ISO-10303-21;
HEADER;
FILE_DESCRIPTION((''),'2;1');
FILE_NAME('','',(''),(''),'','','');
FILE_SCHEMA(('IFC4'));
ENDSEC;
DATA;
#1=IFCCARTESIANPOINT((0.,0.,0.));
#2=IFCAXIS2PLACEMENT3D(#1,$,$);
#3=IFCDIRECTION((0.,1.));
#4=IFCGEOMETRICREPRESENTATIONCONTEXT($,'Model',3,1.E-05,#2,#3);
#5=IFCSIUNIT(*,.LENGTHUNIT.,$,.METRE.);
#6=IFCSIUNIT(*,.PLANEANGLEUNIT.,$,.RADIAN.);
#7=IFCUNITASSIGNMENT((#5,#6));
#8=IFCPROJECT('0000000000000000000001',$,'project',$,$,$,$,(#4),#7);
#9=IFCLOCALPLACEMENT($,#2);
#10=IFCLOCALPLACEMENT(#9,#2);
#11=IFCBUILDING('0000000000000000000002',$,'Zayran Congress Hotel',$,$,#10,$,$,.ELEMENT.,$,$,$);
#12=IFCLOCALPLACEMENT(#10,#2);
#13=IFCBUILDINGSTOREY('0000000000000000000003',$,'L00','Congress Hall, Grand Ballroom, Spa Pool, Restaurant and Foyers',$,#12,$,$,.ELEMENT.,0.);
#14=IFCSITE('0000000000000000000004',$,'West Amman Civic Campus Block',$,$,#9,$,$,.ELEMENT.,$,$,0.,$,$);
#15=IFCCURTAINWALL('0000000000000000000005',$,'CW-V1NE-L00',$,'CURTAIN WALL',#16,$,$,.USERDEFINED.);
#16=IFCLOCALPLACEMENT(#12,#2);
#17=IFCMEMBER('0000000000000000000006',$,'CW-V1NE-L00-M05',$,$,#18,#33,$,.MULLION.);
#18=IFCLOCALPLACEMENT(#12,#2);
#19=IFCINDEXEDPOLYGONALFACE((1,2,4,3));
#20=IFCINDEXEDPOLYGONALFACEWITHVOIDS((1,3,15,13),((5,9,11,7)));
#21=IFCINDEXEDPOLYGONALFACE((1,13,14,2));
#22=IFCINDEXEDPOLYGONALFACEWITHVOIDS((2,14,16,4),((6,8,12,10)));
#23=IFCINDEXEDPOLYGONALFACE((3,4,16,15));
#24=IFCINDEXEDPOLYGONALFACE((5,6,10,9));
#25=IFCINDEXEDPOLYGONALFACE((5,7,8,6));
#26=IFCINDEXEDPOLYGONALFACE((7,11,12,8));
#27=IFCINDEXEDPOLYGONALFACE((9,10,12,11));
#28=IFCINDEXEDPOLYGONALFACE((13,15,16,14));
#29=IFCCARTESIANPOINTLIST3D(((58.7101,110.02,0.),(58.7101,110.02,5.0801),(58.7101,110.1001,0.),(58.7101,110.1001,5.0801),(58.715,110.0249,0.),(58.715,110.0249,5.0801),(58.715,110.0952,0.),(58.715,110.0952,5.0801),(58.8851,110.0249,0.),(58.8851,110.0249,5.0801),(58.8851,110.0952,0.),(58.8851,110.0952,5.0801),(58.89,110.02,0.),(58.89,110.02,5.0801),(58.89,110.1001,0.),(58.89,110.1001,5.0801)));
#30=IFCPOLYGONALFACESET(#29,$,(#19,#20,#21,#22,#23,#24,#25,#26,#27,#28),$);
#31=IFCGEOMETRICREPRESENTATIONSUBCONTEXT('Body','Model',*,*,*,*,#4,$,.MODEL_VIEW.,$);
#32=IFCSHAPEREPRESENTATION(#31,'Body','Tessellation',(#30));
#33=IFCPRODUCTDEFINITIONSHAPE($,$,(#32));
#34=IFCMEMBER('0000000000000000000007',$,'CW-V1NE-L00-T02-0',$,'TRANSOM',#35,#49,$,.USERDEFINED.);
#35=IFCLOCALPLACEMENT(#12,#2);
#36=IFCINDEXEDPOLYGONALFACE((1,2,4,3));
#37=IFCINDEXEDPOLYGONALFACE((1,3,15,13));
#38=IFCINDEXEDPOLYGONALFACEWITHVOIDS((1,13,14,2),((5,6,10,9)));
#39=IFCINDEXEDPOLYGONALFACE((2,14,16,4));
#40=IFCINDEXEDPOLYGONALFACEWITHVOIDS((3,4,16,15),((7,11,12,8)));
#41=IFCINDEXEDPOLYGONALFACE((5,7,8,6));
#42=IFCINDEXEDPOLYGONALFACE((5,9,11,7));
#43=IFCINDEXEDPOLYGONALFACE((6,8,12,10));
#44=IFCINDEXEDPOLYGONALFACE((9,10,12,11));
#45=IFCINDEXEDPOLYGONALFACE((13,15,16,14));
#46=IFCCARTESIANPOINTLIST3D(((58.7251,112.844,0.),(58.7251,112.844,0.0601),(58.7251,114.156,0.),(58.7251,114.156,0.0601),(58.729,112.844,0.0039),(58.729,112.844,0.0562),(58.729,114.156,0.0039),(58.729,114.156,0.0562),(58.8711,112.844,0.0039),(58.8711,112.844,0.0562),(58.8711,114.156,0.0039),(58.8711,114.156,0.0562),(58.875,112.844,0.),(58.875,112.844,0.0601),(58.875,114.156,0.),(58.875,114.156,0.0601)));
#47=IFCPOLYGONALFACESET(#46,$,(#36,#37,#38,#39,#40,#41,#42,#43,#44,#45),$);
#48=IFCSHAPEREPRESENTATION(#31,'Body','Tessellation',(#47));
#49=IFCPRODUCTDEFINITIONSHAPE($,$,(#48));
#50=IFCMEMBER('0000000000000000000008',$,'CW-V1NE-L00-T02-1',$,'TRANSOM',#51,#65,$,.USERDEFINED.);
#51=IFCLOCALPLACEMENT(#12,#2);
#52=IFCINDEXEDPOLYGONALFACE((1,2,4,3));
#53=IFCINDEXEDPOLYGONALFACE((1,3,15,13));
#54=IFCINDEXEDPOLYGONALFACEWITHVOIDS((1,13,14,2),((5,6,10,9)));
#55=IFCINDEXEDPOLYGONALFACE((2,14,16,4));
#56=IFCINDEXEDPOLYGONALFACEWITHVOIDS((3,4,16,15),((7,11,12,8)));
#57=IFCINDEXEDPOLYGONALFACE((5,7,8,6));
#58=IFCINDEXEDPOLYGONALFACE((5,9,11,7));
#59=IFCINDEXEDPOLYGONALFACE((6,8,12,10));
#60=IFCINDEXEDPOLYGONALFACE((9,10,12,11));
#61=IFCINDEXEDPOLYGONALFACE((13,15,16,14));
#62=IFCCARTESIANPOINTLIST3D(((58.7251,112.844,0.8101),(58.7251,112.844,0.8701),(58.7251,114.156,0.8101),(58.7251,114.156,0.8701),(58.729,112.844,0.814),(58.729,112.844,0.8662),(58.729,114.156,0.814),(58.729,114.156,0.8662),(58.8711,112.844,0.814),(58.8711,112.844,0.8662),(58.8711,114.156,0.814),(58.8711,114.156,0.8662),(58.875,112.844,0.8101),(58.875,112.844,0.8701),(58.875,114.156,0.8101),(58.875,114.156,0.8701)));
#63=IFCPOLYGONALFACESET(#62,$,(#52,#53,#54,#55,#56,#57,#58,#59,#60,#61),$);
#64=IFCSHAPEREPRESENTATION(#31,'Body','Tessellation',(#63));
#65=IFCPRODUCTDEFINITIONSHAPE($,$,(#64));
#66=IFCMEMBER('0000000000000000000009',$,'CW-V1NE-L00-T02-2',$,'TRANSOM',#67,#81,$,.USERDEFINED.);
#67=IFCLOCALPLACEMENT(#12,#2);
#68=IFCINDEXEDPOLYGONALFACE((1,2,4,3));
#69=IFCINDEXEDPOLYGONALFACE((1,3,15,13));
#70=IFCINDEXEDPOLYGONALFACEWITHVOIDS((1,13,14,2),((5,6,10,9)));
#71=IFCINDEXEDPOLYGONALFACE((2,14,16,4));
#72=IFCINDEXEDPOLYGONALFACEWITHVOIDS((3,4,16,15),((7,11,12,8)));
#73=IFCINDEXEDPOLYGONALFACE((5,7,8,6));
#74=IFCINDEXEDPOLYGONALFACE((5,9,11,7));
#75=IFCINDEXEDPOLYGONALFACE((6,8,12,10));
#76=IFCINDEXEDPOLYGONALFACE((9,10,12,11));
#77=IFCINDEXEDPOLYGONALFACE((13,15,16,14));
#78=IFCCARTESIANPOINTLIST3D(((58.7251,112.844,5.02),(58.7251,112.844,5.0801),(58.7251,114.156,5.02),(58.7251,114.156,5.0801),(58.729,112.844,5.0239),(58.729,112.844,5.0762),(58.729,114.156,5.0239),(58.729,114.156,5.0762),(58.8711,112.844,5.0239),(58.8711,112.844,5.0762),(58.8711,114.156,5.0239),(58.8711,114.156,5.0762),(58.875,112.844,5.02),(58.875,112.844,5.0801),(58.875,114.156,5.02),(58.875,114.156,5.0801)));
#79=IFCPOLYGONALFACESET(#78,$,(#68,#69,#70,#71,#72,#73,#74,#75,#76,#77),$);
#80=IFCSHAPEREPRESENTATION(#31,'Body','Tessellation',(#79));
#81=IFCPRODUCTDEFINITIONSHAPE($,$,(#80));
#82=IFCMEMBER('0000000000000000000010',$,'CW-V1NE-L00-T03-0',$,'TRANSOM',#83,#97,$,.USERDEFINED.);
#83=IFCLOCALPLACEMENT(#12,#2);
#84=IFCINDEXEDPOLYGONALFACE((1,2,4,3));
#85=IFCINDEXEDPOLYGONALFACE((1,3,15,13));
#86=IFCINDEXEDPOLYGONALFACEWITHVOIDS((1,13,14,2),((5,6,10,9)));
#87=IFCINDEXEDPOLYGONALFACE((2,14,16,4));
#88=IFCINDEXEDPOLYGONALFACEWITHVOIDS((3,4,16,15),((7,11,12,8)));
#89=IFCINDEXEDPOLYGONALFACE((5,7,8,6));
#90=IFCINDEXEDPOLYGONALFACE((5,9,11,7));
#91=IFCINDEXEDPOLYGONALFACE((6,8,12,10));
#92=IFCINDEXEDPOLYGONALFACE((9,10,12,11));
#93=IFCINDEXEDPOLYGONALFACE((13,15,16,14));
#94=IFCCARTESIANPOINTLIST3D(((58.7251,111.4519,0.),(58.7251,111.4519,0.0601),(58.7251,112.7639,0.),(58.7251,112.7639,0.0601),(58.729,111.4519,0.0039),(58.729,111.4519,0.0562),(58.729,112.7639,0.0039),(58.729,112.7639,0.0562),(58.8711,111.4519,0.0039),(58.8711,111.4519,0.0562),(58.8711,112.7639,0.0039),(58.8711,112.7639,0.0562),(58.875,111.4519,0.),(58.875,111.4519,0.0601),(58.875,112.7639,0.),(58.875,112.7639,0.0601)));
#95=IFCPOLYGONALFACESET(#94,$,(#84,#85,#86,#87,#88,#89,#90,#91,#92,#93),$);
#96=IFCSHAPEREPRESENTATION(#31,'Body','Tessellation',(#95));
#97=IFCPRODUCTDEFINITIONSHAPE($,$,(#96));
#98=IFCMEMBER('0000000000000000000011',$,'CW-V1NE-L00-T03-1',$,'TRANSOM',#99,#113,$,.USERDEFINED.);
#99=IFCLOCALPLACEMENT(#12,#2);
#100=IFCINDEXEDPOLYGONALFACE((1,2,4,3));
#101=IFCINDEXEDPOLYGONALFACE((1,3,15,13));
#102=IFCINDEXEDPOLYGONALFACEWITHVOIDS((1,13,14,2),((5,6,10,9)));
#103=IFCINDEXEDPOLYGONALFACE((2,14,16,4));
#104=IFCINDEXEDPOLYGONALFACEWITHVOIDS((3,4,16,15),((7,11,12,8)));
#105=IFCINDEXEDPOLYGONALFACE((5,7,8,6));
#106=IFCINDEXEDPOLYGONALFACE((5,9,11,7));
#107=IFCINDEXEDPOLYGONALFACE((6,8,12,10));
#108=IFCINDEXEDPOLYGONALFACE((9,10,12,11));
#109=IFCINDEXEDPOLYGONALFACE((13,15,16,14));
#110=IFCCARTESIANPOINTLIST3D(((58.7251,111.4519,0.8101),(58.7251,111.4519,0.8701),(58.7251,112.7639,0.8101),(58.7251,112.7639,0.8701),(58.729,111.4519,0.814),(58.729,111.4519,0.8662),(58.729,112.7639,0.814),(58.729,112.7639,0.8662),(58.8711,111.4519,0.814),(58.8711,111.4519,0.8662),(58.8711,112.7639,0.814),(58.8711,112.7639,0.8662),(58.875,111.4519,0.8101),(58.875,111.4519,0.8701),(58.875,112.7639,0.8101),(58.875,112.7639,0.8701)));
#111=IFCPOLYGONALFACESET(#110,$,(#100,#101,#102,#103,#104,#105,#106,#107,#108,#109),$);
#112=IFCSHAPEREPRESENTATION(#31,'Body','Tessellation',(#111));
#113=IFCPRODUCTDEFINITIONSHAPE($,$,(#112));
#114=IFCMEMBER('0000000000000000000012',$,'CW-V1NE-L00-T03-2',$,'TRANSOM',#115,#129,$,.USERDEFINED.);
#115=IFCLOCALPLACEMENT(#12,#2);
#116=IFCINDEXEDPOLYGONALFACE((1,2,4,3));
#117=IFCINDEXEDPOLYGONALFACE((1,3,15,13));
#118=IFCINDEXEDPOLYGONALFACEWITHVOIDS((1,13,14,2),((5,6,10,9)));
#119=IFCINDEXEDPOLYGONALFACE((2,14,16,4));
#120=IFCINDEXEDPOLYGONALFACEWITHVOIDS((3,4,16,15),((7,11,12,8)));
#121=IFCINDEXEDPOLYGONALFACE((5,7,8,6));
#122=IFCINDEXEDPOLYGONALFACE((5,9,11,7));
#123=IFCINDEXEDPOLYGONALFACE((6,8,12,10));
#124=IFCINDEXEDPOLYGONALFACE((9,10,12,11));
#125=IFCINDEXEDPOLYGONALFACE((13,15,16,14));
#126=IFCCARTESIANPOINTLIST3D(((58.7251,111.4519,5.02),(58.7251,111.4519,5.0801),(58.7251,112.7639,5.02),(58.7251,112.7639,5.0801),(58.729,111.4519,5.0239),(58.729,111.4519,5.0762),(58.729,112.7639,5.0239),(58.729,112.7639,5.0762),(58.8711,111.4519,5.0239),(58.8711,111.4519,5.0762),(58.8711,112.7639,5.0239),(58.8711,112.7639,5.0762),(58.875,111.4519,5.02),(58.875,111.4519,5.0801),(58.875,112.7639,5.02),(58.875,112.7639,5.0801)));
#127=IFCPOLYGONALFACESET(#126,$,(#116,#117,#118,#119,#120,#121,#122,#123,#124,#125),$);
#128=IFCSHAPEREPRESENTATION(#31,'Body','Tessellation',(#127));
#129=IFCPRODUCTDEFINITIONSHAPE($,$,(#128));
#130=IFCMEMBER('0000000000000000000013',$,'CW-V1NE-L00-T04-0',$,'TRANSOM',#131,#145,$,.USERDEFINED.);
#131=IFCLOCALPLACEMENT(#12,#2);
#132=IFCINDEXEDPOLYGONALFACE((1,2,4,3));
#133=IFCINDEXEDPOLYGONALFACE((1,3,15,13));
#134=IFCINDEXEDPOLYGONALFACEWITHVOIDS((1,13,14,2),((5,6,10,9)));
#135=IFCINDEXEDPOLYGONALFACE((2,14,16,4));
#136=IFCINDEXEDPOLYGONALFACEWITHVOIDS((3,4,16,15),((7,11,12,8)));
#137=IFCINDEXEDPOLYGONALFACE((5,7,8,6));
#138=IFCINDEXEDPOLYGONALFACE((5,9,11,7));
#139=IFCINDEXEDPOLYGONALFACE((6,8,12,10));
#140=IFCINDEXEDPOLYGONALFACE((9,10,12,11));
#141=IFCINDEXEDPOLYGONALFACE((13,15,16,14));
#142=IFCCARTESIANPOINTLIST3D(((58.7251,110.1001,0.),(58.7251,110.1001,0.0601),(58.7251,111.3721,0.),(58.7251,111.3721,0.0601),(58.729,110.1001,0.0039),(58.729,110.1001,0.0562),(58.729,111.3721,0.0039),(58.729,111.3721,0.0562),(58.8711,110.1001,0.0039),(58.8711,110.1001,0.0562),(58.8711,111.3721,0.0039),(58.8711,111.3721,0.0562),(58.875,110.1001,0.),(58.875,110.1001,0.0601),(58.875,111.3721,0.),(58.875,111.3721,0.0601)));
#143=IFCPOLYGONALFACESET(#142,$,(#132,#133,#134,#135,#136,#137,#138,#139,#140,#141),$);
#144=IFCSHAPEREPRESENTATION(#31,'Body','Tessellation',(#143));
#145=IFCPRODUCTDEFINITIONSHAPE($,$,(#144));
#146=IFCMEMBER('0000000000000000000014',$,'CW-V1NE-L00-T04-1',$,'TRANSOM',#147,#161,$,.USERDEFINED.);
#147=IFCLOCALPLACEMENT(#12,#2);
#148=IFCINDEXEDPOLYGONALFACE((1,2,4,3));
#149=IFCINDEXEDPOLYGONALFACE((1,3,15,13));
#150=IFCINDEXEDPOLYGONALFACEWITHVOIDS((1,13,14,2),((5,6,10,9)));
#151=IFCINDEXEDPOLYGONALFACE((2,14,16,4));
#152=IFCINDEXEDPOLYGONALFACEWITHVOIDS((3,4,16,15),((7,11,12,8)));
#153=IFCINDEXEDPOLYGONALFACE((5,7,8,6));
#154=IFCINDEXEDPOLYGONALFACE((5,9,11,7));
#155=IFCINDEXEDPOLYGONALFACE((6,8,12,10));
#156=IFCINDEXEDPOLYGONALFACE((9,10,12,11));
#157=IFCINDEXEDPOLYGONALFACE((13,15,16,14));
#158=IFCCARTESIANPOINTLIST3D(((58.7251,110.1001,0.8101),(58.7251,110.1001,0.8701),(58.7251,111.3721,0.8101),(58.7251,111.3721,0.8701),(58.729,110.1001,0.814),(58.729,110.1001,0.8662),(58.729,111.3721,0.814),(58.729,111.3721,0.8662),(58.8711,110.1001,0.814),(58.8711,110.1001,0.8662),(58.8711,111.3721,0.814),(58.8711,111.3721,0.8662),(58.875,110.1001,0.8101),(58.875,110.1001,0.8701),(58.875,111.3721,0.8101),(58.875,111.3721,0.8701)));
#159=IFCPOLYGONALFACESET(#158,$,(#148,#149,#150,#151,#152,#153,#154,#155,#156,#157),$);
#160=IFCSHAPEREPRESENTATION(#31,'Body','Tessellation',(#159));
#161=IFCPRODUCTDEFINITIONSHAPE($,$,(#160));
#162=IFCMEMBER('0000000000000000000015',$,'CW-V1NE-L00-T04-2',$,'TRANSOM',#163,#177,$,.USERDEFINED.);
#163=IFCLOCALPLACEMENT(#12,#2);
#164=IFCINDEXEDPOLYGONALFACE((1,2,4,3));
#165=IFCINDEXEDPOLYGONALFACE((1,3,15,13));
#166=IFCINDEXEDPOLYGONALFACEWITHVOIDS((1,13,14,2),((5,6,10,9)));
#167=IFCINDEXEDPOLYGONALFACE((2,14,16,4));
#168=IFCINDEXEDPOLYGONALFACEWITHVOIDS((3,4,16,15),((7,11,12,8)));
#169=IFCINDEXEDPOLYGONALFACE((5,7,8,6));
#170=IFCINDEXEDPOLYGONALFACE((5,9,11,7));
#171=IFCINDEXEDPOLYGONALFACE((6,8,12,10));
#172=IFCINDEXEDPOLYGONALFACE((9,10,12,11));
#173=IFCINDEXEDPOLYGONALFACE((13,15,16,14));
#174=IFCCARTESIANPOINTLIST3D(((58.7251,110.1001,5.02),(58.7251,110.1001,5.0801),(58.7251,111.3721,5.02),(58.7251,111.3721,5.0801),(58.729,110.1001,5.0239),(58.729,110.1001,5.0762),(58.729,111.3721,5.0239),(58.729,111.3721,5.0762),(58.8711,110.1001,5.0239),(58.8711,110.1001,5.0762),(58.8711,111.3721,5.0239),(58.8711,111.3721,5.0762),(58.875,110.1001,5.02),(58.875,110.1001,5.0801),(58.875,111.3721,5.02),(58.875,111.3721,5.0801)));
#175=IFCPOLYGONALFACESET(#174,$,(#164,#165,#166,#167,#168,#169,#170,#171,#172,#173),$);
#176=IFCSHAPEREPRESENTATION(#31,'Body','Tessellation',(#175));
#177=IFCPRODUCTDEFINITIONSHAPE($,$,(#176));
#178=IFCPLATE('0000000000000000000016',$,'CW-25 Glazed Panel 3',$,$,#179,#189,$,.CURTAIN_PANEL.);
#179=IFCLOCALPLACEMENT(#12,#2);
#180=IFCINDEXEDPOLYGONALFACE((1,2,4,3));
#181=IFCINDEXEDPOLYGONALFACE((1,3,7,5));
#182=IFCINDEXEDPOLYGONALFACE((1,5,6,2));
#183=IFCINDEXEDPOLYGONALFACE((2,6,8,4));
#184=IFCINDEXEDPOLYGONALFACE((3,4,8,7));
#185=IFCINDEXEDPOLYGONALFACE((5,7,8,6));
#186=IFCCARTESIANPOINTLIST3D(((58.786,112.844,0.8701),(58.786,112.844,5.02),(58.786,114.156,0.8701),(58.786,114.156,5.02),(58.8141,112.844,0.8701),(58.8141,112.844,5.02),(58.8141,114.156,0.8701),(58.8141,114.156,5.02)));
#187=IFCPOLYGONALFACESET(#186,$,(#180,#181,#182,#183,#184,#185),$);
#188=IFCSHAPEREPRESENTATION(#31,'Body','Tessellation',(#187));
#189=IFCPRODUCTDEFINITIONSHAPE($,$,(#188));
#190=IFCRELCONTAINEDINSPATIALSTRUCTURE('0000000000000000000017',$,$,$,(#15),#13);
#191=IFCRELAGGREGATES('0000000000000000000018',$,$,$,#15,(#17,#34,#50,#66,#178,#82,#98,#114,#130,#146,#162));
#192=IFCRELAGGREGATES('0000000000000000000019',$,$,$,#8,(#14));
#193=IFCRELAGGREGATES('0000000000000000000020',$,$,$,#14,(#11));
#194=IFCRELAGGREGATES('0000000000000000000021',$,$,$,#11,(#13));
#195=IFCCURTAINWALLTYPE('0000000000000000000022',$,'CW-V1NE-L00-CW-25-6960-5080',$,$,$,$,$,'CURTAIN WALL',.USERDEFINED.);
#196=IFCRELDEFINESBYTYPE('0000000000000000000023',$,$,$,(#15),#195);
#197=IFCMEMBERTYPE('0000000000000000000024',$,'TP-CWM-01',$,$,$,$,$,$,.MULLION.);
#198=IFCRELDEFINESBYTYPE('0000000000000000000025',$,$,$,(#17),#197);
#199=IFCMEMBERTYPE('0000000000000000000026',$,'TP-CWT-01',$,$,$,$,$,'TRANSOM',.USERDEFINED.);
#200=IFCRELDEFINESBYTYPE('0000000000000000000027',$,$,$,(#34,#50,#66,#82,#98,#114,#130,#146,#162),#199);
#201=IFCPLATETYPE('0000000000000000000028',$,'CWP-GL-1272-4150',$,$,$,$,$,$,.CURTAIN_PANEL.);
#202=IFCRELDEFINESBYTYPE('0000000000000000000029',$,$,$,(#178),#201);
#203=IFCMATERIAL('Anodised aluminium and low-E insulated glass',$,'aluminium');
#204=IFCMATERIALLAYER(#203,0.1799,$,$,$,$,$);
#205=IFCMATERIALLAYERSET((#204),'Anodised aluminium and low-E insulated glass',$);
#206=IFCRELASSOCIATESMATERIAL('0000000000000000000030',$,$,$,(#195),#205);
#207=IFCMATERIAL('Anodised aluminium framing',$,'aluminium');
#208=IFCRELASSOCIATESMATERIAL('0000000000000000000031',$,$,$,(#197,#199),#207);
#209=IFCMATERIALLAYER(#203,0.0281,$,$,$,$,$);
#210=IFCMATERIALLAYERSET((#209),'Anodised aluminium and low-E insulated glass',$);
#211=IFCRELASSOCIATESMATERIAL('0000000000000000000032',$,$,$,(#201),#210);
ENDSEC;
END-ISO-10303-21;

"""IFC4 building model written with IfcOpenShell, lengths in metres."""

from ifc_helpers import new_model, si_unit, direction, frame, origin, origin_2d, place, context, subcontext, project, spatial, rectangle, hollow_rectangle, extrude, material, layer, layer_set, material_profile, profile_set, type_object, element, aggregate, save


model = new_model("IFC4")

# Units and contexts
model_context = context("Model", 3, precision=1e-05, world=origin(), true_north=direction((0.0, 1.0)))
body_context = subcontext(model_context, "Body", "Model", "MODEL_VIEW")
ifc_project = project(units=[si_unit("LENGTHUNIT", "METRE"), si_unit("PLANEANGLEUNIT", "RADIAN")], contexts=[model_context])

# Site, building, storey
site_placement = place(None, origin())
site = spatial("IfcSite", under=ifc_project, at=site_placement, Name="West Amman Civic Campus Block", CompositionType="ELEMENT", RefElevation=0.0)
building_placement = place(site_placement, origin())
building = spatial("IfcBuilding", under=site, at=building_placement, Name="Zayran Congress Hotel", CompositionType="ELEMENT")
storey_placement = place(building_placement, origin())
storey = spatial("IfcBuildingStorey", under=building, at=storey_placement, Name="L00", Description="Congress Hall, Grand Ballroom, Spa Pool, Restaurant and Foyers", CompositionType="ELEMENT", Elevation=0.0)

# Curtain wall, members, plate
ifc_material_1 = material(Name="Anodised aluminium and low-E insulated glass", Category="aluminium")
ifc_layer_1 = layer(ifc_material_1, 0.1799)
ifc_layer_set_1 = layer_set([ifc_layer_1], Name="Anodised aluminium and low-E insulated glass")
curtain_wall_type = type_object("IfcCurtainWallType", Name="CW-V1NE-L00-CW-25-6960-5080", ElementType="CURTAIN WALL", PredefinedType="USERDEFINED", material=ifc_layer_set_1)
curtain_wall_placement = place(storey_placement, origin())
curtain_wall = element("IfcCurtainWall", 1, at=curtain_wall_placement, inside=storey, type_object=curtain_wall_type, Name="CW-V1NE-L00", ObjectType="CURTAIN WALL", PredefinedType="USERDEFINED")
ifc_material_2 = material(Name="Anodised aluminium framing", Category="aluminium")
ifc_material_profile_1 = material_profile(ifc_material_2, hollow_rectangle(XDim=0.0801, YDim=0.1799, WallThickness=0.0049, at=origin_2d()), Name="RHS 180x80x5")
ifc_profile_set_1 = profile_set([ifc_material_profile_1], Name="Anodised aluminium framing")
member_type_1 = type_object("IfcMemberType", Name="TP-CWM-01", PredefinedType="MULLION", material=ifc_profile_set_1)
member_1_placement = place(storey_placement, frame((58.8, 110.0601, 0.0), z_axis=(0.0, 0.0, 1.0), x_axis=(0.0, 1.0, 0.0)))
member_1 = element("IfcMember", 2, at=member_1_placement, type_object=member_type_1, Name="CW-V1NE-L00-M05", PredefinedType="MULLION", context=body_context, shape_type="SweptSolid", body=[
    extrude(hollow_rectangle(XDim=0.0801, YDim=0.1799, WallThickness=0.0049, at=origin_2d()), origin(), (0.0, 0.0, 1.0), 5.0801),
])
ifc_material_profile_2 = material_profile(ifc_material_2, hollow_rectangle(XDim=0.0601, YDim=0.1499, WallThickness=0.0039, at=origin_2d()), Name="RHS 150x60x4")
ifc_profile_set_2 = profile_set([ifc_material_profile_2], Name="Anodised aluminium framing")
member_type_2 = type_object("IfcMemberType", Name="TP-CWT-01", ElementType="TRANSOM", PredefinedType="USERDEFINED", material=ifc_profile_set_2)
member_2_placement = place(storey_placement, frame((58.8, 114.156, 0.03), z_axis=(0.0, -1.0, 0.0), x_axis=(0.0, 0.0, 1.0)))
member_2 = element("IfcMember", 3, at=member_2_placement, type_object=member_type_2, Name="CW-V1NE-L00-T02-0", ObjectType="TRANSOM", PredefinedType="USERDEFINED", context=body_context, shape_type="SweptSolid", body=[
    extrude(hollow_rectangle(XDim=0.0601, YDim=0.1499, WallThickness=0.0039, at=origin_2d()), origin(), (0.0, 0.0, 1.0), 1.312),
])
member_3_placement = place(storey_placement, frame((58.8, 114.156, 0.8401), z_axis=(0.0, -1.0, 0.0), x_axis=(0.0, 0.0, 1.0)))
member_3 = element("IfcMember", 4, at=member_3_placement, type_object=member_type_2, Name="CW-V1NE-L00-T02-1", ObjectType="TRANSOM", PredefinedType="USERDEFINED", context=body_context, shape_type="SweptSolid", body=[
    extrude(hollow_rectangle(XDim=0.0601, YDim=0.1499, WallThickness=0.0039, at=origin_2d()), origin(), (0.0, 0.0, 1.0), 1.312),
])
member_4_placement = place(storey_placement, frame((58.8, 114.156, 5.05), z_axis=(0.0, -1.0, 0.0), x_axis=(0.0, 0.0, 1.0)))
member_4 = element("IfcMember", 5, at=member_4_placement, type_object=member_type_2, Name="CW-V1NE-L00-T02-2", ObjectType="TRANSOM", PredefinedType="USERDEFINED", context=body_context, shape_type="SweptSolid", body=[
    extrude(hollow_rectangle(XDim=0.0601, YDim=0.1499, WallThickness=0.0039, at=origin_2d()), origin(), (0.0, 0.0, 1.0), 1.312),
])
member_5_placement = place(storey_placement, frame((58.8, 112.7639, 0.03), z_axis=(0.0, -1.0, 0.0), x_axis=(0.0, 0.0, 1.0)))
member_5 = element("IfcMember", 6, at=member_5_placement, type_object=member_type_2, Name="CW-V1NE-L00-T03-0", ObjectType="TRANSOM", PredefinedType="USERDEFINED", context=body_context, shape_type="SweptSolid", body=[
    extrude(hollow_rectangle(XDim=0.0601, YDim=0.1499, WallThickness=0.0039, at=origin_2d()), origin(), (0.0, 0.0, 1.0), 1.312),
])
member_6_placement = place(storey_placement, frame((58.8, 112.7639, 0.8401), z_axis=(0.0, -1.0, 0.0), x_axis=(0.0, 0.0, 1.0)))
member_6 = element("IfcMember", 7, at=member_6_placement, type_object=member_type_2, Name="CW-V1NE-L00-T03-1", ObjectType="TRANSOM", PredefinedType="USERDEFINED", context=body_context, shape_type="SweptSolid", body=[
    extrude(hollow_rectangle(XDim=0.0601, YDim=0.1499, WallThickness=0.0039, at=origin_2d()), origin(), (0.0, 0.0, 1.0), 1.312),
])
member_7_placement = place(storey_placement, frame((58.8, 112.7639, 5.05), z_axis=(0.0, -1.0, 0.0), x_axis=(0.0, 0.0, 1.0)))
member_7 = element("IfcMember", 8, at=member_7_placement, type_object=member_type_2, Name="CW-V1NE-L00-T03-2", ObjectType="TRANSOM", PredefinedType="USERDEFINED", context=body_context, shape_type="SweptSolid", body=[
    extrude(hollow_rectangle(XDim=0.0601, YDim=0.1499, WallThickness=0.0039, at=origin_2d()), origin(), (0.0, 0.0, 1.0), 1.312),
])
member_8_placement = place(storey_placement, frame((58.8, 111.3721, 0.03), z_axis=(0.0, -1.0, 0.0), x_axis=(0.0, 0.0, 1.0)))
member_8 = element("IfcMember", 9, at=member_8_placement, type_object=member_type_2, Name="CW-V1NE-L00-T04-0", ObjectType="TRANSOM", PredefinedType="USERDEFINED", context=body_context, shape_type="SweptSolid", body=[
    extrude(hollow_rectangle(XDim=0.0601, YDim=0.1499, WallThickness=0.0039, at=origin_2d()), origin(), (0.0, 0.0, 1.0), 1.272),
])
member_9_placement = place(storey_placement, frame((58.8, 111.3721, 0.8401), z_axis=(0.0, -1.0, 0.0), x_axis=(0.0, 0.0, 1.0)))
member_9 = element("IfcMember", 10, at=member_9_placement, type_object=member_type_2, Name="CW-V1NE-L00-T04-1", ObjectType="TRANSOM", PredefinedType="USERDEFINED", context=body_context, shape_type="SweptSolid", body=[
    extrude(hollow_rectangle(XDim=0.0601, YDim=0.1499, WallThickness=0.0039, at=origin_2d()), origin(), (0.0, 0.0, 1.0), 1.272),
])
member_10_placement = place(storey_placement, frame((58.8, 111.3721, 5.05), z_axis=(0.0, -1.0, 0.0), x_axis=(0.0, 0.0, 1.0)))
member_10 = element("IfcMember", 11, at=member_10_placement, type_object=member_type_2, Name="CW-V1NE-L00-T04-2", ObjectType="TRANSOM", PredefinedType="USERDEFINED", context=body_context, shape_type="SweptSolid", body=[
    extrude(hollow_rectangle(XDim=0.0601, YDim=0.1499, WallThickness=0.0039, at=origin_2d()), origin(), (0.0, 0.0, 1.0), 1.272),
])
ifc_layer_2 = layer(ifc_material_1, 0.0281)
ifc_layer_set_2 = layer_set([ifc_layer_2], Name="Anodised aluminium and low-E insulated glass")
plate_type_1 = type_object("IfcPlateType", Name="CWP-GL-1272-4150", PredefinedType="CURTAIN_PANEL", material=ifc_layer_set_2)
plate_1_placement = place(storey_placement, frame((58.8, 113.5, 0.8701), z_axis=(0.0, 0.0, 1.0), x_axis=(0.0, 1.0, 0.0)))
plate_1 = element("IfcPlate", 12, at=plate_1_placement, type_object=plate_type_1, Name="CW-25 Glazed Panel 3", PredefinedType="CURTAIN_PANEL", context=body_context, shape_type="SweptSolid", body=[
    extrude(rectangle(XDim=1.312, YDim=0.0281, at=origin_2d()), origin(), (0.0, 0.0, 1.0), 4.1499),
])
aggregate(curtain_wall, [member_1, member_2, member_3, member_4, plate_1, member_5, member_6, member_7, member_8, member_9, member_10])

save(model, "model.ifc")
